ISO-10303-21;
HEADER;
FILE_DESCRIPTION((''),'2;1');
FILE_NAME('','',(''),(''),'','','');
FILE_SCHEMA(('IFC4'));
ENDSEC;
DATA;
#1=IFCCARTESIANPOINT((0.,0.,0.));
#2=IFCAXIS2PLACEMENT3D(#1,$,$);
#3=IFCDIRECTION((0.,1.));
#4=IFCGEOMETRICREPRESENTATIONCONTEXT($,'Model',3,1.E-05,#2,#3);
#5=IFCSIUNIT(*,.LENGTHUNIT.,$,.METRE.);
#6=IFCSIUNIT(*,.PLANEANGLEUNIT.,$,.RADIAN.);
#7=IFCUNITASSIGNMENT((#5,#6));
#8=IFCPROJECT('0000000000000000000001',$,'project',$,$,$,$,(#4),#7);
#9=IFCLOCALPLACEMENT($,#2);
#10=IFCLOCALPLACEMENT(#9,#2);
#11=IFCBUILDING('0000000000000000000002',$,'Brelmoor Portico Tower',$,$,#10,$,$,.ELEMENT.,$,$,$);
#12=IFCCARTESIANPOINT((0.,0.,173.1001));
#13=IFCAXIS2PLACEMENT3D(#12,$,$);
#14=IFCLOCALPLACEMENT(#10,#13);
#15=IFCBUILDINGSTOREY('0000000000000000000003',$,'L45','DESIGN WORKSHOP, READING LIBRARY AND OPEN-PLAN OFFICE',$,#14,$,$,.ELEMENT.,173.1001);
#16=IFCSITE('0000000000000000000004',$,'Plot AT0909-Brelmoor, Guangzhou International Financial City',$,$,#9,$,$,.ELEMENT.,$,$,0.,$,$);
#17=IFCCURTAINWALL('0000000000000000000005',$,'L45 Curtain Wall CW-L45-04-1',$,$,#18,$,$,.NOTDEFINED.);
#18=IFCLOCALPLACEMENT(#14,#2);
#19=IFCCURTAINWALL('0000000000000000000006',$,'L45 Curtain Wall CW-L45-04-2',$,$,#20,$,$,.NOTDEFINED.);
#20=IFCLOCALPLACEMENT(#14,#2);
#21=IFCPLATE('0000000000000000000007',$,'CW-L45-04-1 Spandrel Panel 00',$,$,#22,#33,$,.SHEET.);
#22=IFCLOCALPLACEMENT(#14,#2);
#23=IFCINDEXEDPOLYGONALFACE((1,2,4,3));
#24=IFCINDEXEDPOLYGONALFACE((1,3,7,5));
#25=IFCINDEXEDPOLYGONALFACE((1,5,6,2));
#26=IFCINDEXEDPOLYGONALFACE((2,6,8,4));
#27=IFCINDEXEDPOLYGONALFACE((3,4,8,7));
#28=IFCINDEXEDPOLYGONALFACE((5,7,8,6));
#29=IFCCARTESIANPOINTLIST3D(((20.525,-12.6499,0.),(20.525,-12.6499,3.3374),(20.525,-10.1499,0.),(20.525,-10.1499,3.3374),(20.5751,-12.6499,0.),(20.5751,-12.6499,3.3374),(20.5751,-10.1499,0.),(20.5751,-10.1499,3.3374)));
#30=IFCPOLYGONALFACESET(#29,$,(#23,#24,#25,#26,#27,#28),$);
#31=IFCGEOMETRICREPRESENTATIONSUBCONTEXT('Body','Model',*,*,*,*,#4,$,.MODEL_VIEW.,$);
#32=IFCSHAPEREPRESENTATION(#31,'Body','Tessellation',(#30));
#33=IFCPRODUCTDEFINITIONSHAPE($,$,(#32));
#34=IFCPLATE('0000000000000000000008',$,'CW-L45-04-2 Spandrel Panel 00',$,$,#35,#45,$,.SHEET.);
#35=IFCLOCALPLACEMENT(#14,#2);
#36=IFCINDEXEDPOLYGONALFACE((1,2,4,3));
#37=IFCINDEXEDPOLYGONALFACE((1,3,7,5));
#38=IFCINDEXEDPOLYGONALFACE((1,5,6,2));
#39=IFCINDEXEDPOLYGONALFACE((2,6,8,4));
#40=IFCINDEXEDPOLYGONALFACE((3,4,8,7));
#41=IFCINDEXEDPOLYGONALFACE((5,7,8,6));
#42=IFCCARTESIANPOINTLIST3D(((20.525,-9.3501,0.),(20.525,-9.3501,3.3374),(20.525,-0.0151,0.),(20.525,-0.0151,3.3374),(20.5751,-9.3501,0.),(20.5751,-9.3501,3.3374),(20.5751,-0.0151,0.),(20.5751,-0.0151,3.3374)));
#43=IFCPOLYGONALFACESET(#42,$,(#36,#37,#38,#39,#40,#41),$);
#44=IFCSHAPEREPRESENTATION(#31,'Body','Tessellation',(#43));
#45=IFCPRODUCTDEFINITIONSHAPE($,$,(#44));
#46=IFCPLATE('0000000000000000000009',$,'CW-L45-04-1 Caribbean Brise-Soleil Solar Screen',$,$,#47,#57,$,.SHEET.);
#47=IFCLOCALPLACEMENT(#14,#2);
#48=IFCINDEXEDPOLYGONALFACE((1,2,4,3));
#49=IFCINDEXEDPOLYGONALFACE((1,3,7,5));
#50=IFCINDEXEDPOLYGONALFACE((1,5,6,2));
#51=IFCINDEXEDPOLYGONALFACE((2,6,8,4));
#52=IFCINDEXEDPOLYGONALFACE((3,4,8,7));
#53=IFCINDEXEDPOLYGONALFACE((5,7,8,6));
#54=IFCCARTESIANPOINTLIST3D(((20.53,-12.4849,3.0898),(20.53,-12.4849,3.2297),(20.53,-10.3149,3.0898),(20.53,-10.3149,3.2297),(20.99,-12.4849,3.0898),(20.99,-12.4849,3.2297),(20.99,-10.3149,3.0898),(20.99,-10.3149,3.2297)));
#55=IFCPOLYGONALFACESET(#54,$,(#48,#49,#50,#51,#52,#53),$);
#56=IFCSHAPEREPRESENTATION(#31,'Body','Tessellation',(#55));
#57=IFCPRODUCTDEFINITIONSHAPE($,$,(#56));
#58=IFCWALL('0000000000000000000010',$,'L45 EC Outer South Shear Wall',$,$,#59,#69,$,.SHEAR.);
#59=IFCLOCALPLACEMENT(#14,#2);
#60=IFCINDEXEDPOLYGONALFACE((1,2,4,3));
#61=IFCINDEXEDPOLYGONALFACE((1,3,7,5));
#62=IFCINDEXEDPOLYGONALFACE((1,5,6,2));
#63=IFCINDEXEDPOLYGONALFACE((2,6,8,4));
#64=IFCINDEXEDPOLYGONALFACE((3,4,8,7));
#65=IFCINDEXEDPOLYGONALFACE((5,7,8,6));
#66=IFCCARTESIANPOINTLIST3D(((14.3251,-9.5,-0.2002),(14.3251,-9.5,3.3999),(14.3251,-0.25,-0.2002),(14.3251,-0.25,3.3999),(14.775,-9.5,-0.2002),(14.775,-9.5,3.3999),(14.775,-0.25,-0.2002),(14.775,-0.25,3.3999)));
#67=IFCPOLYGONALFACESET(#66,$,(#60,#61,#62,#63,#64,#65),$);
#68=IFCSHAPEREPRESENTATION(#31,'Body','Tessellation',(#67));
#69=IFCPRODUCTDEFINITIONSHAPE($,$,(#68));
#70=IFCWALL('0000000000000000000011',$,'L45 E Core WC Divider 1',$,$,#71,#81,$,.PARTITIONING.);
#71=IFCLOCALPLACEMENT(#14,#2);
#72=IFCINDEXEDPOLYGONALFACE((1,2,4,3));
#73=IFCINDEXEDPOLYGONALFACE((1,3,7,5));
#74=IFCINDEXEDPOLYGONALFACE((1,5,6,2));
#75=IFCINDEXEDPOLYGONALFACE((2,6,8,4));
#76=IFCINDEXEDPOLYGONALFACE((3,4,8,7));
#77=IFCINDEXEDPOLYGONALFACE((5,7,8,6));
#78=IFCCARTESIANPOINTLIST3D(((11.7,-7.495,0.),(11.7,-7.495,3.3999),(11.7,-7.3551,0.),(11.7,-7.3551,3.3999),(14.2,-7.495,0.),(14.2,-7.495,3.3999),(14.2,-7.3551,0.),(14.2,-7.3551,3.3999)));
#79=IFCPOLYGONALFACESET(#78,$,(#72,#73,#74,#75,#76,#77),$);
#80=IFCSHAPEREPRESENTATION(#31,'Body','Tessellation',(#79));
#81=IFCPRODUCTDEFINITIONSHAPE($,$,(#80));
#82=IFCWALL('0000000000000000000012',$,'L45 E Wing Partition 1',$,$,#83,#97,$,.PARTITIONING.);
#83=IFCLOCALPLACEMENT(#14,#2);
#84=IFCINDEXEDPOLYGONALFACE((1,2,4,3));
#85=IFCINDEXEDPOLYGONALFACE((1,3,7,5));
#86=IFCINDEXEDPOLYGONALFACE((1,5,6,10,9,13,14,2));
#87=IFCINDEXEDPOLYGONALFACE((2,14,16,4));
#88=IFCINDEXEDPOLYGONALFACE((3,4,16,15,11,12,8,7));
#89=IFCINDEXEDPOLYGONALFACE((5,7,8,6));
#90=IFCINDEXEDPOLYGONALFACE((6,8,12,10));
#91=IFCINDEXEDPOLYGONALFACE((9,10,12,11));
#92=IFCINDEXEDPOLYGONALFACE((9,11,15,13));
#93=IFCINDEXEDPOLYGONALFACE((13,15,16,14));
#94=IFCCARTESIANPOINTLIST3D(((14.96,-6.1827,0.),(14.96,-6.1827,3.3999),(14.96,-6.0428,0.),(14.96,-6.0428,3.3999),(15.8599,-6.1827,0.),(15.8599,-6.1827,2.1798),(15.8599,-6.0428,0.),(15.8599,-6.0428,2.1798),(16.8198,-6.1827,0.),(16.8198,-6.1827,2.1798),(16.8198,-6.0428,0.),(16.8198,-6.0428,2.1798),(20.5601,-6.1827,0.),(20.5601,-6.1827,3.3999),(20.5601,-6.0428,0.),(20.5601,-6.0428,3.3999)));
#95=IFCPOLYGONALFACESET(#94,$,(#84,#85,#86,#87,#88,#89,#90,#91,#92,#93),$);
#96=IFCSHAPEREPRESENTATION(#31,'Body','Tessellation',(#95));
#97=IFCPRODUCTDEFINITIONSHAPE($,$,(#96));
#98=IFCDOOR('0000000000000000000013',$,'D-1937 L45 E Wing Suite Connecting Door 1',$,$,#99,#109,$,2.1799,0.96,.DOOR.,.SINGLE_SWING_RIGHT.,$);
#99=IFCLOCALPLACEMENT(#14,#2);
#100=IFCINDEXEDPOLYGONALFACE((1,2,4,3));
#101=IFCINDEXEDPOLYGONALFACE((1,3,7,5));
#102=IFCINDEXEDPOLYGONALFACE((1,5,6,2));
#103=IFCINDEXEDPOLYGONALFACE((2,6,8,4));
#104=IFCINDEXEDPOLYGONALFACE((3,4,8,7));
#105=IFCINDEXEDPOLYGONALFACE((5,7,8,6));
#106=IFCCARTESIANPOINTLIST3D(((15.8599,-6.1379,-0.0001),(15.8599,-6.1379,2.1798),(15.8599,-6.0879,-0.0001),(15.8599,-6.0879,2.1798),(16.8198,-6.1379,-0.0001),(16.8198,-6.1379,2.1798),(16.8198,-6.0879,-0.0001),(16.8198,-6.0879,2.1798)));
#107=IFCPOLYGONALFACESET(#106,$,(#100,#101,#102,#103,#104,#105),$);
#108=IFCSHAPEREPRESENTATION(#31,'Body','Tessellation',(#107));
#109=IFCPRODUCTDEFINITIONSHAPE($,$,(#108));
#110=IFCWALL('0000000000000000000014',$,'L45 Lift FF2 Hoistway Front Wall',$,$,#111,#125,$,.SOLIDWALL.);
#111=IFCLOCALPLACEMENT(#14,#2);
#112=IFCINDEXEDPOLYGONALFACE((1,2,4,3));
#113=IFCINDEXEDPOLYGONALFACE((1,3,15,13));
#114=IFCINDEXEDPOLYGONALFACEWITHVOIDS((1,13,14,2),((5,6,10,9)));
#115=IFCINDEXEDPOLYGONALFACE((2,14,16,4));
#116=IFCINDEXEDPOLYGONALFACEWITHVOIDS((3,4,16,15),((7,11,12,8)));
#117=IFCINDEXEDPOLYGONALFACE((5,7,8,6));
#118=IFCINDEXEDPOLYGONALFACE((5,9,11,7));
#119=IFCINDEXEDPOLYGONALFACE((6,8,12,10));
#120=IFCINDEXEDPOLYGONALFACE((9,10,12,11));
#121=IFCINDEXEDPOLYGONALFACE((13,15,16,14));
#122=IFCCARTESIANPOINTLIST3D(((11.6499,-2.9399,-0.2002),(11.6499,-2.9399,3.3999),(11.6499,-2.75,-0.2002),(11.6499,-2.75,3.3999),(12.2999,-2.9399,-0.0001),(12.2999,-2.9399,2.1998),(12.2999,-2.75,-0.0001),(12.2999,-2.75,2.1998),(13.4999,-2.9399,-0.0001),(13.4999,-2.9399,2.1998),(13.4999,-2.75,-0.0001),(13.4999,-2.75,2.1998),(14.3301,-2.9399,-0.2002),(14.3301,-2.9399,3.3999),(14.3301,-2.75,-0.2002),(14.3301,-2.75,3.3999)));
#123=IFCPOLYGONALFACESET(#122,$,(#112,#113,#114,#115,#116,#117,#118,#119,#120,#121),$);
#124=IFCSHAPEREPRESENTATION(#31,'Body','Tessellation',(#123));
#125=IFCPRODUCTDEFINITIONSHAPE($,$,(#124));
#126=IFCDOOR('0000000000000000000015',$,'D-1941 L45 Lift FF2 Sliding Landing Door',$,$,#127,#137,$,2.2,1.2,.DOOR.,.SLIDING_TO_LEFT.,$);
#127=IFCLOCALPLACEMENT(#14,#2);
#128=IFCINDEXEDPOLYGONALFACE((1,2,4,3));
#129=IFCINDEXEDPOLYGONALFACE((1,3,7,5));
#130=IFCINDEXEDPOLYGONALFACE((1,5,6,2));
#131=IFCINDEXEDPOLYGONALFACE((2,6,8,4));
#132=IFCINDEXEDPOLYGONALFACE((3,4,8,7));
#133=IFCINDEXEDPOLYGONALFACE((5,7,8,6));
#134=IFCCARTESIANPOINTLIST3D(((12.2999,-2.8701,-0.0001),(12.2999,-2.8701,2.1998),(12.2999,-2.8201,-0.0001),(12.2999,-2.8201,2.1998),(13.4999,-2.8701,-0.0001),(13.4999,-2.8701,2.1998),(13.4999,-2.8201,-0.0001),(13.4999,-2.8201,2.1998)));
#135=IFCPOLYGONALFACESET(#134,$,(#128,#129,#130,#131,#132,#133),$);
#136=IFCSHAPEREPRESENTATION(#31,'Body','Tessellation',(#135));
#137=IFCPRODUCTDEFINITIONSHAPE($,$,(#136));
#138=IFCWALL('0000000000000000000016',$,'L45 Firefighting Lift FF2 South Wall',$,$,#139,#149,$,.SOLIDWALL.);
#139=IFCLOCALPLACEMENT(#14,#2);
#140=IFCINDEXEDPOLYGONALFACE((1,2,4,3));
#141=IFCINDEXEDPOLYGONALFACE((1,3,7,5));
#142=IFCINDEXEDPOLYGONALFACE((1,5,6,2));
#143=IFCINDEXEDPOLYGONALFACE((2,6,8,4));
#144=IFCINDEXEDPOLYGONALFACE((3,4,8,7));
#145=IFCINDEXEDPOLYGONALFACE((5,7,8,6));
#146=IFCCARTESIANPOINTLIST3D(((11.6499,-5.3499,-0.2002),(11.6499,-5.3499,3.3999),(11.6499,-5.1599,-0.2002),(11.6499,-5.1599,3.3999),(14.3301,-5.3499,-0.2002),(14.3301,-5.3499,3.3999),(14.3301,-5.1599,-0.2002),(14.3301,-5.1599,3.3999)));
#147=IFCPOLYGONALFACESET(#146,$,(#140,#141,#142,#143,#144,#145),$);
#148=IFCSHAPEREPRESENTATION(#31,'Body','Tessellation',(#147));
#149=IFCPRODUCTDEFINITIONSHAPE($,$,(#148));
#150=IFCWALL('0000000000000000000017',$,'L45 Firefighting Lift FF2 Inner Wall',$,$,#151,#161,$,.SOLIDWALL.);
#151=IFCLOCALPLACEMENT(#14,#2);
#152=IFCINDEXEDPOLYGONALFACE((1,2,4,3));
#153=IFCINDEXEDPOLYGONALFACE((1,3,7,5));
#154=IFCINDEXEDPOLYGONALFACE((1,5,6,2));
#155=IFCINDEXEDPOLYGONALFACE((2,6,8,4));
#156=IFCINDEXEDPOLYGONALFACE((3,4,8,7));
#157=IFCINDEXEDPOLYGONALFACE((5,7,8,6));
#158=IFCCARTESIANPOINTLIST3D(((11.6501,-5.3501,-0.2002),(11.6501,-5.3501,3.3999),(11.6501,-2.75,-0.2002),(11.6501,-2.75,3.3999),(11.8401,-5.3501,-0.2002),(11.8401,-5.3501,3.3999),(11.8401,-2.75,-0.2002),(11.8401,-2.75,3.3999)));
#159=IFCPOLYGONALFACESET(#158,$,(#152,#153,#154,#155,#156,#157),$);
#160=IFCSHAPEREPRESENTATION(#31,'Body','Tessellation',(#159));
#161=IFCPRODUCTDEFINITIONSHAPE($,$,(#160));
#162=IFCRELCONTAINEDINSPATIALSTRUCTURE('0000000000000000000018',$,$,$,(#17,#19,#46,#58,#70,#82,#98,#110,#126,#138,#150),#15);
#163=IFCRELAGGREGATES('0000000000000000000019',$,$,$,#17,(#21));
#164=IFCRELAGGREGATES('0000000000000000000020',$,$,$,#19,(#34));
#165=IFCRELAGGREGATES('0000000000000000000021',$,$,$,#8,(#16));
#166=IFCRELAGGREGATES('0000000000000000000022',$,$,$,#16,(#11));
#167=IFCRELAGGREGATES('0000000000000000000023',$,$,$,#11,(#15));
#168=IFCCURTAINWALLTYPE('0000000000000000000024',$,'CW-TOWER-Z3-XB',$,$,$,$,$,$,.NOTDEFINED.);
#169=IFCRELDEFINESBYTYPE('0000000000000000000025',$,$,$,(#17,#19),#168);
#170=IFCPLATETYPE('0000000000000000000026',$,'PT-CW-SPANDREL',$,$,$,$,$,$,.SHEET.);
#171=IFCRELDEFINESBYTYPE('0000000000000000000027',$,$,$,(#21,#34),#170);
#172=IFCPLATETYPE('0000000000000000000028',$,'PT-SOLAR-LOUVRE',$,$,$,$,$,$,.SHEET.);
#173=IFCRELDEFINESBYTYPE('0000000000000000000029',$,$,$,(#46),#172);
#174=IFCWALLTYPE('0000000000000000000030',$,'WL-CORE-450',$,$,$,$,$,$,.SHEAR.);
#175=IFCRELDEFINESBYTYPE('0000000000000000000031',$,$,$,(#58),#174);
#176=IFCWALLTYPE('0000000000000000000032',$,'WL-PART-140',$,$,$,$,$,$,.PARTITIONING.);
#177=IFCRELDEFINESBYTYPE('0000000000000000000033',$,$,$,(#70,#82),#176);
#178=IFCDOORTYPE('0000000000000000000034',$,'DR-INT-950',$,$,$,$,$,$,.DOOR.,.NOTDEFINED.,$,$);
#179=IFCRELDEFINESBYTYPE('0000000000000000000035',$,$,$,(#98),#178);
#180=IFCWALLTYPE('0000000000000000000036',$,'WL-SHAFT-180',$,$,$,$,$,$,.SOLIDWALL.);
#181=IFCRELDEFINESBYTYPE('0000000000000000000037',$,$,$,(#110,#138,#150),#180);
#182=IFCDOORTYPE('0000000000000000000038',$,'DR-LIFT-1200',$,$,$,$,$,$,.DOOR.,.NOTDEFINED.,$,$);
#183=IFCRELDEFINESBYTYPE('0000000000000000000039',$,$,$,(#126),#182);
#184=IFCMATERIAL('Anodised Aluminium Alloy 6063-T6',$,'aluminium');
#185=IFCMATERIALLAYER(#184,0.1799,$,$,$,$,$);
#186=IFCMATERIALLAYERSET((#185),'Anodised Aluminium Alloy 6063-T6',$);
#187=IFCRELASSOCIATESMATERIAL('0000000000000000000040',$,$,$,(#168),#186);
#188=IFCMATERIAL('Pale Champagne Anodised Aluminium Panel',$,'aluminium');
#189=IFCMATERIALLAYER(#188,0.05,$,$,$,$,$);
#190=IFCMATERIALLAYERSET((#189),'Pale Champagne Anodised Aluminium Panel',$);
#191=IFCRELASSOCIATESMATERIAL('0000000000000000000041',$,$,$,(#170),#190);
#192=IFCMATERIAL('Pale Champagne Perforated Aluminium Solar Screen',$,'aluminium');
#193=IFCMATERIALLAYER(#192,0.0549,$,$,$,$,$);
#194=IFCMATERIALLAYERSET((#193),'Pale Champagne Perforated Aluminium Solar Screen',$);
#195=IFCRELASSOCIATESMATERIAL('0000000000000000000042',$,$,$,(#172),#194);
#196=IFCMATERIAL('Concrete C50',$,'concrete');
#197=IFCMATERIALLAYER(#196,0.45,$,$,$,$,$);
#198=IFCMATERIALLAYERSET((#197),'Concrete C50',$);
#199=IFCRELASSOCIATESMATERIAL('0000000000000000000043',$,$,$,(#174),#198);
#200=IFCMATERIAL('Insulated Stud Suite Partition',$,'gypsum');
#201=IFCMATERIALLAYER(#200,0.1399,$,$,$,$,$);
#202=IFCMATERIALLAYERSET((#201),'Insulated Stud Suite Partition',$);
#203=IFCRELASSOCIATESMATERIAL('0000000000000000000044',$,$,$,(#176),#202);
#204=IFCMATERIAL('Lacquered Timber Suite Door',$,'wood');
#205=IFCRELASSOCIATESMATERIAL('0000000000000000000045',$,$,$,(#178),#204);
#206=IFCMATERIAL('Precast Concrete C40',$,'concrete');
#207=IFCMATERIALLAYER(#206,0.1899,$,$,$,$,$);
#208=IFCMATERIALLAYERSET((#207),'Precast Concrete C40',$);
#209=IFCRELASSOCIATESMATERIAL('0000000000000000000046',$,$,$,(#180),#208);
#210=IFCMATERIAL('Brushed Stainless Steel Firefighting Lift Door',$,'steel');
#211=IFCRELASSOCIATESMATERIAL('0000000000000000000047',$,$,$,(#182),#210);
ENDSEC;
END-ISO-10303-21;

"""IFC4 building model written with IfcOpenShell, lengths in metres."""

from ifc_helpers import new_model, si_unit, direction, frame, frame_2d, origin, origin_2d, place, context, subcontext, project, spatial, rectangle, extrude, material, layer, layer_set, type_object, element, fill, aggregate, save


model = new_model("IFC4")

# Units and contexts
model_context = context("Model", 3, precision=1e-05, world=origin(), true_north=direction((0.0, 1.0)))
body_context = subcontext(model_context, "Body", "Model", "MODEL_VIEW")
ifc_project = project(units=[si_unit("LENGTHUNIT", "METRE"), si_unit("PLANEANGLEUNIT", "RADIAN")], contexts=[model_context])

# Site, building, storey
site_placement = place(None, origin())
site = spatial("IfcSite", under=ifc_project, at=site_placement, Name="Plot AT0909-Brelmoor, Guangzhou International Financial City", CompositionType="ELEMENT", RefElevation=0.0)
building_placement = place(site_placement, origin())
building = spatial("IfcBuilding", under=site, at=building_placement, Name="Brelmoor Portico Tower", CompositionType="ELEMENT")
storey_placement = place(building_placement, frame((0.0, 0.0, 173.1001)))
storey = spatial("IfcBuildingStorey", under=building, at=storey_placement, Name="L45", Description="DESIGN WORKSHOP, READING LIBRARY AND OPEN-PLAN OFFICE", CompositionType="ELEMENT", Elevation=173.1001)

# Curtain wall
ifc_material_1 = material(Name="Anodised Aluminium Alloy 6063-T6", Category="aluminium")
ifc_layer_1 = layer(ifc_material_1, 0.1799)
ifc_layer_set_1 = layer_set([ifc_layer_1], Name="Anodised Aluminium Alloy 6063-T6")
curtain_wall_type = type_object("IfcCurtainWallType", Name="CW-TOWER-Z3-XB", PredefinedType="NOTDEFINED", material=ifc_layer_set_1)
curtain_wall_1_placement = place(storey_placement, origin())
curtain_wall_1 = element("IfcCurtainWall", 1, at=curtain_wall_1_placement, inside=storey, type_object=curtain_wall_type, Name="L45 Curtain Wall CW-L45-04-1", PredefinedType="NOTDEFINED")

# Curtain wall
curtain_wall_2_placement = place(storey_placement, origin())
curtain_wall_2 = element("IfcCurtainWall", 2, at=curtain_wall_2_placement, inside=storey, type_object=curtain_wall_type, Name="L45 Curtain Wall CW-L45-04-2", PredefinedType="NOTDEFINED")

# Plates
ifc_material_2 = material(Name="Pale Champagne Anodised Aluminium Panel", Category="aluminium")
ifc_layer_2 = layer(ifc_material_2, 0.05)
ifc_layer_set_2 = layer_set([ifc_layer_2], Name="Pale Champagne Anodised Aluminium Panel")
plate_type_1 = type_object("IfcPlateType", Name="PT-CW-SPANDREL", PredefinedType="SHEET", material=ifc_layer_set_2)
plate_1_placement = place(storey_placement, frame((20.55, -11.3999, 0.0), z_axis=(0.0, 0.0, 1.0), x_axis=(0.0, 1.0, 0.0)))
plate_1 = element("IfcPlate", 3, at=plate_1_placement, type_object=plate_type_1, Name="CW-L45-04-1 Spandrel Panel 00", PredefinedType="SHEET", context=body_context, shape_type="SweptSolid", body=[
    extrude(rectangle(XDim=2.5, YDim=0.05, at=origin_2d()), origin(), (0.0, 0.0, 1.0), 3.3374),
])
aggregate(curtain_wall_1, [plate_1])
plate_2_placement = place(storey_placement, frame((20.55, -4.6826, 0.0), z_axis=(0.0, 0.0, 1.0), x_axis=(0.0, 1.0, 0.0)))
plate_2 = element("IfcPlate", 4, at=plate_2_placement, type_object=plate_type_1, Name="CW-L45-04-2 Spandrel Panel 00", PredefinedType="SHEET", context=body_context, shape_type="SweptSolid", body=[
    extrude(rectangle(XDim=9.335, YDim=0.05, at=origin_2d()), origin(), (0.0, 0.0, 1.0), 3.3374),
])
aggregate(curtain_wall_2, [plate_2])
ifc_material_3 = material(Name="Pale Champagne Perforated Aluminium Solar Screen", Category="aluminium")
ifc_layer_3 = layer(ifc_material_3, 0.0549)
ifc_layer_set_3 = layer_set([ifc_layer_3], Name="Pale Champagne Perforated Aluminium Solar Screen")
plate_type_2 = type_object("IfcPlateType", Name="PT-SOLAR-LOUVRE", PredefinedType="SHEET", material=ifc_layer_set_3)
plate_3_placement = place(storey_placement, frame((20.76, -11.3999, 3.0898), z_axis=(0.0, 0.0, 1.0), x_axis=(0.0, 1.0, 0.0)))
element("IfcPlate", 5, at=plate_3_placement, inside=storey, type_object=plate_type_2, Name="CW-L45-04-1 Caribbean Brise-Soleil Solar Screen", PredefinedType="SHEET", context=body_context, shape_type="SweptSolid", body=[
    extrude(rectangle(XDim=2.1699, YDim=0.46, at=origin_2d()), origin(), (0.0, 0.0, 1.0), 0.1399),
])

# Walls
ifc_material_4 = material(Name="Concrete C50", Category="concrete")
ifc_layer_4 = layer(ifc_material_4, 0.45)
ifc_layer_set_4 = layer_set([ifc_layer_4], Name="Concrete C50")
wall_type_1 = type_object("IfcWallType", Name="WL-CORE-450", PredefinedType="SHEAR", material=ifc_layer_set_4)
wall_1_placement = place(storey_placement, frame((14.55, -9.5, -0.2002), z_axis=(0.0, 0.0, 1.0), x_axis=(0.0, 1.0, 0.0)))
element("IfcWall", 6, at=wall_1_placement, inside=storey, type_object=wall_type_1, Name="L45 EC Outer South Shear Wall", PredefinedType="SHEAR", context=body_context, shape_type="SweptSolid", body=[
    extrude(rectangle(XDim=9.25, YDim=0.45, at=frame_2d((4.625, 0.0))), origin(), (0.0, 0.0, 1.0), 3.6001),
])
ifc_material_5 = material(Name="Insulated Stud Suite Partition", Category="gypsum")
ifc_layer_5 = layer(ifc_material_5, 0.1399)
ifc_layer_set_5 = layer_set([ifc_layer_5], Name="Insulated Stud Suite Partition")
wall_type_2 = type_object("IfcWallType", Name="WL-PART-140", PredefinedType="PARTITIONING", material=ifc_layer_set_5)
wall_2_placement = place(storey_placement, frame((11.7, -7.425, 0.0), z_axis=(0.0, 0.0, 1.0), x_axis=(1.0, 0.0, 0.0)))
element("IfcWall", 7, at=wall_2_placement, inside=storey, type_object=wall_type_2, Name="L45 E Core WC Divider 1", PredefinedType="PARTITIONING", context=body_context, shape_type="SweptSolid", body=[
    extrude(rectangle(XDim=2.5, YDim=0.1399, at=frame_2d((1.25, 0.0))), origin(), (0.0, 0.0, 1.0), 3.3999),
])

# Walls, openings, doors
wall_3_placement = place(storey_placement, frame((14.96, -6.1128, 0.0), z_axis=(0.0, 0.0, 1.0), x_axis=(1.0, 0.0, 0.0)))
wall_3 = element("IfcWall", 8, at=wall_3_placement, inside=storey, type_object=wall_type_2, Name="L45 E Wing Partition 1", PredefinedType="PARTITIONING", context=body_context, shape_type="SweptSolid", body=[
    extrude(rectangle(XDim=5.6001, YDim=0.1399, at=frame_2d((2.8, 0.0))), origin(), (0.0, 0.0, 1.0), 3.3999),
])
opening_1_placement = place(wall_3_placement, frame((0.8999, 0.0, 0.0)))
opening_1 = element("IfcOpeningElement", 9, at=opening_1_placement, cuts=wall_3, PredefinedType="OPENING", context=body_context, shape_type="SweptSolid", body=[
    extrude(rectangle(XDim=0.96, YDim=2.1799, at=frame_2d((0.48, 1.0898))), frame((0.0, 0.0798, 0.0), z_axis=(0.0, -1.0, 0.0), x_axis=(1.0, 0.0, 0.0)), (0.0, 0.0, 1.0), 0.1599),
])
ifc_material_6 = material(Name="Lacquered Timber Suite Door", Category="wood")
door_type_1 = type_object("IfcDoorType", Name="DR-INT-950", OperationType="NOTDEFINED", PredefinedType="DOOR", material=ifc_material_6)
door_1_placement = place(opening_1_placement, origin())
door_1 = element("IfcDoor", 10, at=door_1_placement, inside=storey, type_object=door_type_1, Name="D-1937 L45 E Wing Suite Connecting Door 1", OperationType="SINGLE_SWING_RIGHT", OverallHeight=2.1799, OverallWidth=0.96, PredefinedType="DOOR", context=body_context, shape_type="SweptSolid", body=[
    extrude(rectangle(XDim=0.96, YDim=2.1799, at=frame_2d((0.48, 1.0898))), frame((0.0, 0.0249, 0.0), z_axis=(0.0, -1.0, 0.0), x_axis=(1.0, 0.0, 0.0)), (0.0, 0.0, 1.0), 0.05),
])
fill(opening_1, door_1)
ifc_material_7 = material(Name="Precast Concrete C40", Category="concrete")
ifc_layer_6 = layer(ifc_material_7, 0.1899)
ifc_layer_set_6 = layer_set([ifc_layer_6], Name="Precast Concrete C40")
wall_type_3 = type_object("IfcWallType", Name="WL-SHAFT-180", PredefinedType="SOLIDWALL", material=ifc_layer_set_6)
wall_4_placement = place(storey_placement, frame((11.6499, -2.845, -0.2002), z_axis=(0.0, 0.0, 1.0), x_axis=(1.0, 0.0, 0.0)))
wall_4 = element("IfcWall", 11, at=wall_4_placement, inside=storey, type_object=wall_type_3, Name="L45 Lift FF2 Hoistway Front Wall", PredefinedType="SOLIDWALL", context=body_context, shape_type="SweptSolid", body=[
    extrude(rectangle(XDim=2.6802, YDim=0.1899, at=frame_2d((1.3401, 0.0))), origin(), (0.0, 0.0, 1.0), 3.6001),
])
opening_2_placement = place(wall_4_placement, frame((0.6499, 0.0, 0.2)))
opening_2 = element("IfcOpeningElement", 12, at=opening_2_placement, cuts=wall_4, PredefinedType="OPENING", context=body_context, shape_type="SweptSolid", body=[
    extrude(rectangle(XDim=1.2, YDim=2.2, at=frame_2d((0.6001, 1.1001))), frame((0.0, 0.105, 0.0), z_axis=(0.0, -1.0, 0.0), x_axis=(1.0, 0.0, 0.0)), (0.0, 0.0, 1.0), 0.21),
])
ifc_material_8 = material(Name="Brushed Stainless Steel Firefighting Lift Door", Category="steel")
door_type_2 = type_object("IfcDoorType", Name="DR-LIFT-1200", OperationType="NOTDEFINED", PredefinedType="DOOR", material=ifc_material_8)
door_2_placement = place(opening_2_placement, origin())
door_2 = element("IfcDoor", 13, at=door_2_placement, inside=storey, type_object=door_type_2, Name="D-1941 L45 Lift FF2 Sliding Landing Door", OperationType="SLIDING_TO_LEFT", OverallHeight=2.2, OverallWidth=1.2, PredefinedType="DOOR", context=body_context, shape_type="SweptSolid", body=[
    extrude(rectangle(XDim=1.2, YDim=2.2, at=frame_2d((0.6001, 1.1001))), frame((0.0, 0.0249, 0.0), z_axis=(0.0, -1.0, 0.0), x_axis=(1.0, 0.0, 0.0)), (0.0, 0.0, 1.0), 0.05),
])
fill(opening_2, door_2)

# Walls
wall_5_placement = place(storey_placement, frame((11.6499, -5.2549, -0.2002), z_axis=(0.0, 0.0, 1.0), x_axis=(1.0, 0.0, 0.0)))
element("IfcWall", 14, at=wall_5_placement, inside=storey, type_object=wall_type_3, Name="L45 Firefighting Lift FF2 South Wall", PredefinedType="SOLIDWALL", context=body_context, shape_type="SweptSolid", body=[
    extrude(rectangle(XDim=2.6802, YDim=0.1899, at=frame_2d((1.3401, 0.0))), origin(), (0.0, 0.0, 1.0), 3.6001),
])
wall_6_placement = place(storey_placement, frame((11.7451, -5.3501, -0.2002), z_axis=(0.0, 0.0, 1.0), x_axis=(0.0, 1.0, 0.0)))
element("IfcWall", 15, at=wall_6_placement, inside=storey, type_object=wall_type_3, Name="L45 Firefighting Lift FF2 Inner Wall", PredefinedType="SOLIDWALL", context=body_context, shape_type="SweptSolid", body=[
    extrude(rectangle(XDim=2.6001, YDim=0.1899, at=frame_2d((1.3, 0.0))), origin(), (0.0, 0.0, 1.0), 3.6001),
])

save(model, "model.ifc")
